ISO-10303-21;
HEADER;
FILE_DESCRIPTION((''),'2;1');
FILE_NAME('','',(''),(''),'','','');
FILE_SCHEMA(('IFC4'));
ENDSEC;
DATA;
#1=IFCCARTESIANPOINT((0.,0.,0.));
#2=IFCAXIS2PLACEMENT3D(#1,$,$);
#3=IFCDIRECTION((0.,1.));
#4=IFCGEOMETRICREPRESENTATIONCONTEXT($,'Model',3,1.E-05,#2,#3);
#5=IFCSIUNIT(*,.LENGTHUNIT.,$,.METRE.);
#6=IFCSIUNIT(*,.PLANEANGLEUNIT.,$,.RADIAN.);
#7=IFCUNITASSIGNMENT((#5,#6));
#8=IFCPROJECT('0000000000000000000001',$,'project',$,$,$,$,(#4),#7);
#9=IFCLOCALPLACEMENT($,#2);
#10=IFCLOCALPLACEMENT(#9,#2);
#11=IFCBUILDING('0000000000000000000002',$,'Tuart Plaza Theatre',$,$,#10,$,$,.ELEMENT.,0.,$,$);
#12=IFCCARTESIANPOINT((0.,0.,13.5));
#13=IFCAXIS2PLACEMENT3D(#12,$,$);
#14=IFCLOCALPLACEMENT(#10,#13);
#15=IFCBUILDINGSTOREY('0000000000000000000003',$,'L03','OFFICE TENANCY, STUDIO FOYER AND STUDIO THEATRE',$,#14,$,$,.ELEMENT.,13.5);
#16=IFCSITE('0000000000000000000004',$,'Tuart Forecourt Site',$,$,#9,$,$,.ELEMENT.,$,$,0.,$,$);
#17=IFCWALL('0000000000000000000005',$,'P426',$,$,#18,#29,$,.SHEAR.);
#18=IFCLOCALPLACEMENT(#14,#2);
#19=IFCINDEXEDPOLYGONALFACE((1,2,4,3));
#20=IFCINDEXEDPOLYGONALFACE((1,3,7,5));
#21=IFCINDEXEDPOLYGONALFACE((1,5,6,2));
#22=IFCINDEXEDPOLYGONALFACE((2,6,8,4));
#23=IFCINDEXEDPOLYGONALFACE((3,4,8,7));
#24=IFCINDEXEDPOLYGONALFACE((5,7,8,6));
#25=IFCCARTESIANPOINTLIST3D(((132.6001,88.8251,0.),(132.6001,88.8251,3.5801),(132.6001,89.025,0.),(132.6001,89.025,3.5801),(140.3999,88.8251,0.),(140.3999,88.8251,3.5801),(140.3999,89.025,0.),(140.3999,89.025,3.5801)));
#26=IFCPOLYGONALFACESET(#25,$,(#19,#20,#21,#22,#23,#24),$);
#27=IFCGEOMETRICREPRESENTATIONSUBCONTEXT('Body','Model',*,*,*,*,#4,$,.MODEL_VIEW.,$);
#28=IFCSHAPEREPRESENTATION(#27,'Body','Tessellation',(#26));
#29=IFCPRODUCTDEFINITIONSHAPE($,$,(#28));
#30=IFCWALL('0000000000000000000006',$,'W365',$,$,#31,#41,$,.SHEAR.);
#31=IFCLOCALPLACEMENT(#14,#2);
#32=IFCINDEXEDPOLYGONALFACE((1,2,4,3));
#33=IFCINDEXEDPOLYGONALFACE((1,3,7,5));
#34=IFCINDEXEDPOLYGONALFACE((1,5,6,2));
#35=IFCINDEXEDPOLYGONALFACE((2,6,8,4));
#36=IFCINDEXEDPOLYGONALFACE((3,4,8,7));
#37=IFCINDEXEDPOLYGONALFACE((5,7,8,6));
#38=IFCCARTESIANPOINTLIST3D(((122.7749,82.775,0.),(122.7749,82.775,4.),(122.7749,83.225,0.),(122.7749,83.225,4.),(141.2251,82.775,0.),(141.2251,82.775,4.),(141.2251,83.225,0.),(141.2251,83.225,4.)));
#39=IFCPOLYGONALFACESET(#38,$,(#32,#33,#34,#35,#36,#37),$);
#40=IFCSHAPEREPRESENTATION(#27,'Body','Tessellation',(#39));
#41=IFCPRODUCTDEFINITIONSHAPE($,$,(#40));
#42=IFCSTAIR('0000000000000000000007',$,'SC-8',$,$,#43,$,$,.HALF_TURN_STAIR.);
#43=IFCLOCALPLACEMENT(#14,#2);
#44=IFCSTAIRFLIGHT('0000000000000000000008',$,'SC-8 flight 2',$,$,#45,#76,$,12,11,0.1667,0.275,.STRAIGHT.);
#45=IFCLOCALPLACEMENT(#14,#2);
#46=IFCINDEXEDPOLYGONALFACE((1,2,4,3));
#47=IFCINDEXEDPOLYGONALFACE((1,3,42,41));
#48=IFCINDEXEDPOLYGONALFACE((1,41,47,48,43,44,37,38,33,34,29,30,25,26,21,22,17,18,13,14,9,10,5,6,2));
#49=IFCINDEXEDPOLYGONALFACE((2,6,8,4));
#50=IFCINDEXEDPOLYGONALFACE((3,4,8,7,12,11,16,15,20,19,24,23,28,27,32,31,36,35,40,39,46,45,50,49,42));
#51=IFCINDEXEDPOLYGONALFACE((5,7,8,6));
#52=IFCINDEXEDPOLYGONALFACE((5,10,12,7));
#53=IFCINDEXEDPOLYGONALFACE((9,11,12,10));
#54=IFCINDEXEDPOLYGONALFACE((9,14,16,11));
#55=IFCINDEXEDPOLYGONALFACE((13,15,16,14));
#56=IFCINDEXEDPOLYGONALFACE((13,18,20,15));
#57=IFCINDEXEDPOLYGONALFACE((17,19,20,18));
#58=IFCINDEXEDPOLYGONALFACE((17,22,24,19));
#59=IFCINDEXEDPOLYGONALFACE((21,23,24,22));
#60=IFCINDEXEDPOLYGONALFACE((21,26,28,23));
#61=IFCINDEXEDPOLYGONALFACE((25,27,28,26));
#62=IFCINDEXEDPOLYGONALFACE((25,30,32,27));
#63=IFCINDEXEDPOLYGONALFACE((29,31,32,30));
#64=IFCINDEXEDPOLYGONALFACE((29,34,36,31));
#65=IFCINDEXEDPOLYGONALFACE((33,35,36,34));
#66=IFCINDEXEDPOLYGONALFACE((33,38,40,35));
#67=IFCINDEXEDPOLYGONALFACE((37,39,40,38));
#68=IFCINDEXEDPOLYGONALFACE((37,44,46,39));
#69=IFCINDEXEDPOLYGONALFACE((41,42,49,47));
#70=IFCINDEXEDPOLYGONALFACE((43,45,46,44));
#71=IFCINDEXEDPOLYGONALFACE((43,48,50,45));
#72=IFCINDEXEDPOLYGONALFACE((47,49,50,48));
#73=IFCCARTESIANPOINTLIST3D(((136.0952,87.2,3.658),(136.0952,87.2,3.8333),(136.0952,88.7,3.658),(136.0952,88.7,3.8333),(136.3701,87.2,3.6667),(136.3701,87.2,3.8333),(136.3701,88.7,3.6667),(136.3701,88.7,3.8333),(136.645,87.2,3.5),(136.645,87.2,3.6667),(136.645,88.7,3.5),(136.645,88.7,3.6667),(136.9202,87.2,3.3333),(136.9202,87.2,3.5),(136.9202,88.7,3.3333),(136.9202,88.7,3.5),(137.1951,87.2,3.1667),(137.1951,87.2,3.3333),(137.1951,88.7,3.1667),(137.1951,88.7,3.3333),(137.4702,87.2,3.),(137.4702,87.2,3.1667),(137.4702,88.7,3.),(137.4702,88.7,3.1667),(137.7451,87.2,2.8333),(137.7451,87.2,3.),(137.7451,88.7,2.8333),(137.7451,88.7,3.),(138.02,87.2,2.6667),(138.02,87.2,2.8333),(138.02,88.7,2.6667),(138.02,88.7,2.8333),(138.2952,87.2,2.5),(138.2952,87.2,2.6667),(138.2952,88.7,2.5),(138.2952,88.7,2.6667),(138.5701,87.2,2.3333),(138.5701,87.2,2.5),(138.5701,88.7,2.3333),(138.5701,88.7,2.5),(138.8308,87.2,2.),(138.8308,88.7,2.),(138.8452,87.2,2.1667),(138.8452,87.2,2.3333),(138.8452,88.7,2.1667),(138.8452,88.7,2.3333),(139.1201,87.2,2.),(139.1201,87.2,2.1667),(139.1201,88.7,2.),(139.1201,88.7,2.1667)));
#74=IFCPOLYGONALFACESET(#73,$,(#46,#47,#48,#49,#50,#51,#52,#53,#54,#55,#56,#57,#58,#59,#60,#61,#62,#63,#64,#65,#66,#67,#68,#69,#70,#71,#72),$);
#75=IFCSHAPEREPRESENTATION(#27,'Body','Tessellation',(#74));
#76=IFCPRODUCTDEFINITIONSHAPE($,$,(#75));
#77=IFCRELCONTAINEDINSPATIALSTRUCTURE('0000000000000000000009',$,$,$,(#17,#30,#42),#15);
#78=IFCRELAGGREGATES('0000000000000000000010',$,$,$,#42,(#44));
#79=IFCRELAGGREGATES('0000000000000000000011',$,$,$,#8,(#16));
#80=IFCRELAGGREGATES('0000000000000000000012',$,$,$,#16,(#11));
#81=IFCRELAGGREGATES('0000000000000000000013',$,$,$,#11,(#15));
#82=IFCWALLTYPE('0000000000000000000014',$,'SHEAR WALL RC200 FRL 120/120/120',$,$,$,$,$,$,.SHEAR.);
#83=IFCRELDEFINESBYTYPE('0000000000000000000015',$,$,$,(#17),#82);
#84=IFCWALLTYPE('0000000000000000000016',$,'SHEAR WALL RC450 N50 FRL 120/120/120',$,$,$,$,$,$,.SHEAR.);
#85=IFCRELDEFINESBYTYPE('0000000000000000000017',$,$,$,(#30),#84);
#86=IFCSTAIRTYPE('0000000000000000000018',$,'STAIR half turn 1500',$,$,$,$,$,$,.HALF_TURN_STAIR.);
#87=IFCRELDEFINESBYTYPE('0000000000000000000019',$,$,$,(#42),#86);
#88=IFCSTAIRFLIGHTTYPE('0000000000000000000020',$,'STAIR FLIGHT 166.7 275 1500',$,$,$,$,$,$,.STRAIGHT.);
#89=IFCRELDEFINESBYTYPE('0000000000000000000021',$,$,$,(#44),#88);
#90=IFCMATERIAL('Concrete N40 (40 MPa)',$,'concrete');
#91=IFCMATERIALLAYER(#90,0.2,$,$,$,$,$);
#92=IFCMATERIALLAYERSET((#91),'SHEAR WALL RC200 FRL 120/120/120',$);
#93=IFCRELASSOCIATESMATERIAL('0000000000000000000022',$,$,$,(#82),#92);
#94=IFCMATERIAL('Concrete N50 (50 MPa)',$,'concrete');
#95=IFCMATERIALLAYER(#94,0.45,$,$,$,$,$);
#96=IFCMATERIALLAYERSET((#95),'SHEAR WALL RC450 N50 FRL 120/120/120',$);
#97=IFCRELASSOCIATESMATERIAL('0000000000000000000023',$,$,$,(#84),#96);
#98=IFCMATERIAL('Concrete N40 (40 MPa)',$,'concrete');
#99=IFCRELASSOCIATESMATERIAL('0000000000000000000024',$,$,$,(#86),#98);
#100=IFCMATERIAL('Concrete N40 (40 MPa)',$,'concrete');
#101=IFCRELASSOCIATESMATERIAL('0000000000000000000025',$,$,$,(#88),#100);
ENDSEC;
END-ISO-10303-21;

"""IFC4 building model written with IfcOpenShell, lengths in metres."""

from ifc_helpers import new_model, si_unit, direction, frame, frame_2d, origin, place, context, subcontext, project, spatial, polyline, rectangle, outline, extrude, material, layer, layer_set, type_object, element, aggregate, save


model = new_model("IFC4")

# Units and contexts
model_context = context("Model", 3, precision=1e-05, world=origin(), true_north=direction((0.0, 1.0)))
body_context = subcontext(model_context, "Body", "Model", "MODEL_VIEW")
ifc_project = project(units=[si_unit("LENGTHUNIT", "METRE"), si_unit("PLANEANGLEUNIT", "RADIAN")], contexts=[model_context])

# Site, building, storey
site_placement = place(None, origin())
site = spatial("IfcSite", under=ifc_project, at=site_placement, Name="Tuart Forecourt Site", CompositionType="ELEMENT", RefElevation=0.0)
building_placement = place(site_placement, origin())
building = spatial("IfcBuilding", under=site, at=building_placement, Name="Tuart Plaza Theatre", CompositionType="ELEMENT", ElevationOfRefHeight=0.0)
storey_placement = place(building_placement, frame((0.0, 0.0, 13.5)))
storey = spatial("IfcBuildingStorey", under=building, at=storey_placement, Name="L03", Description="OFFICE TENANCY, STUDIO FOYER AND STUDIO THEATRE", CompositionType="ELEMENT", Elevation=13.5)

# Walls
ifc_material_1 = material(Name="Concrete N40 (40 MPa)", Category="concrete")
ifc_layer_1 = layer(ifc_material_1, 0.2)
ifc_layer_set_1 = layer_set([ifc_layer_1], Name="SHEAR WALL RC200 FRL 120/120/120")
wall_type_1 = type_object("IfcWallType", Name="SHEAR WALL RC200 FRL 120/120/120", PredefinedType="SHEAR", material=ifc_layer_set_1)
wall_1_placement = place(storey_placement, frame((140.3999, 88.925, 0.0), z_axis=(0.0, 0.0, 1.0), x_axis=(-1.0, 0.0, 0.0)))
element("IfcWall", 1, at=wall_1_placement, inside=storey, type_object=wall_type_1, Name="P426", PredefinedType="SHEAR", context=body_context, shape_type="SweptSolid", body=[
    extrude(rectangle(XDim=7.7998, YDim=0.2, at=frame_2d((3.8999, 0.0))), origin(), (0.0, 0.0, 1.0), 3.5801),
])
ifc_material_2 = material(Name="Concrete N50 (50 MPa)", Category="concrete")
ifc_layer_2 = layer(ifc_material_2, 0.45)
ifc_layer_set_2 = layer_set([ifc_layer_2], Name="SHEAR WALL RC450 N50 FRL 120/120/120")
wall_type_2 = type_object("IfcWallType", Name="SHEAR WALL RC450 N50 FRL 120/120/120", PredefinedType="SHEAR", material=ifc_layer_set_2)
wall_2_placement = place(storey_placement, frame((141.2251, 83.0, 0.0), z_axis=(0.0, 0.0, 1.0), x_axis=(-1.0, 0.0, 0.0)))
element("IfcWall", 2, at=wall_2_placement, inside=storey, type_object=wall_type_2, Name="W365", PredefinedType="SHEAR", context=body_context, shape_type="SweptSolid", body=[
    extrude(rectangle(XDim=18.4502, YDim=0.45, at=frame_2d((9.2251, 0.0))), origin(), (0.0, 0.0, 1.0), 4.0),
])

# Stair, stair flight
ifc_material_3 = material(Name="Concrete N40 (40 MPa)", Category="concrete")
stair_type = type_object("IfcStairType", Name="STAIR half turn 1500", PredefinedType="HALF_TURN_STAIR", material=ifc_material_3)
stair_placement = place(storey_placement, origin())
stair = element("IfcStair", 3, at=stair_placement, inside=storey, type_object=stair_type, Name="SC-8", PredefinedType="HALF_TURN_STAIR")
ifc_material_4 = material(Name="Concrete N40 (40 MPa)", Category="concrete")
stair_flight_type = type_object("IfcStairFlightType", Name="STAIR FLIGHT 166.7 275 1500", PredefinedType="STRAIGHT", material=ifc_material_4)
stair_flight_placement = place(storey_placement, frame((139.1201, 87.95, 2.0), z_axis=(0.0, 0.0, 1.0), x_axis=(-1.0, 0.0, 0.0)))
stair_flight = element("IfcStairFlight", 4, at=stair_flight_placement, type_object=stair_flight_type, Name="SC-8 flight 2", NumberOfRisers=12, NumberOfTreads=11, PredefinedType="STRAIGHT", RiserHeight=0.1667, TreadLength=0.275, context=body_context, shape_type="SweptSolid", body=[
    extrude(outline(polyline([(0.0, 0.0), (0.0, 0.1667), (0.2749, 0.1667), (0.2749, 0.3333), (0.55, 0.3333), (0.55, 0.5), (0.825, 0.5), (0.825, 0.6667), (1.1001, 0.6667), (1.1001, 0.8333), (1.375, 0.8333), (1.375, 1.0), (1.6499, 1.0), (1.6499, 1.1667), (1.925, 1.1667), (1.925, 1.3333), (2.2, 1.3333), (2.2, 1.5), (2.4751, 1.5), (2.4751, 1.6667), (2.75, 1.6667), (2.75, 1.8333), (3.0249, 1.8333), (3.0249, 2.0), (3.0249, 1.658), (0.2893, 0.0), (0.0, 0.0)])), frame((0.0, 0.75, 0.0), z_axis=(0.0, -1.0, 0.0), x_axis=(1.0, 0.0, 0.0)), (0.0, 0.0, 1.0), 1.5),
])
aggregate(stair, [stair_flight])

save(model, "model.ifc")
